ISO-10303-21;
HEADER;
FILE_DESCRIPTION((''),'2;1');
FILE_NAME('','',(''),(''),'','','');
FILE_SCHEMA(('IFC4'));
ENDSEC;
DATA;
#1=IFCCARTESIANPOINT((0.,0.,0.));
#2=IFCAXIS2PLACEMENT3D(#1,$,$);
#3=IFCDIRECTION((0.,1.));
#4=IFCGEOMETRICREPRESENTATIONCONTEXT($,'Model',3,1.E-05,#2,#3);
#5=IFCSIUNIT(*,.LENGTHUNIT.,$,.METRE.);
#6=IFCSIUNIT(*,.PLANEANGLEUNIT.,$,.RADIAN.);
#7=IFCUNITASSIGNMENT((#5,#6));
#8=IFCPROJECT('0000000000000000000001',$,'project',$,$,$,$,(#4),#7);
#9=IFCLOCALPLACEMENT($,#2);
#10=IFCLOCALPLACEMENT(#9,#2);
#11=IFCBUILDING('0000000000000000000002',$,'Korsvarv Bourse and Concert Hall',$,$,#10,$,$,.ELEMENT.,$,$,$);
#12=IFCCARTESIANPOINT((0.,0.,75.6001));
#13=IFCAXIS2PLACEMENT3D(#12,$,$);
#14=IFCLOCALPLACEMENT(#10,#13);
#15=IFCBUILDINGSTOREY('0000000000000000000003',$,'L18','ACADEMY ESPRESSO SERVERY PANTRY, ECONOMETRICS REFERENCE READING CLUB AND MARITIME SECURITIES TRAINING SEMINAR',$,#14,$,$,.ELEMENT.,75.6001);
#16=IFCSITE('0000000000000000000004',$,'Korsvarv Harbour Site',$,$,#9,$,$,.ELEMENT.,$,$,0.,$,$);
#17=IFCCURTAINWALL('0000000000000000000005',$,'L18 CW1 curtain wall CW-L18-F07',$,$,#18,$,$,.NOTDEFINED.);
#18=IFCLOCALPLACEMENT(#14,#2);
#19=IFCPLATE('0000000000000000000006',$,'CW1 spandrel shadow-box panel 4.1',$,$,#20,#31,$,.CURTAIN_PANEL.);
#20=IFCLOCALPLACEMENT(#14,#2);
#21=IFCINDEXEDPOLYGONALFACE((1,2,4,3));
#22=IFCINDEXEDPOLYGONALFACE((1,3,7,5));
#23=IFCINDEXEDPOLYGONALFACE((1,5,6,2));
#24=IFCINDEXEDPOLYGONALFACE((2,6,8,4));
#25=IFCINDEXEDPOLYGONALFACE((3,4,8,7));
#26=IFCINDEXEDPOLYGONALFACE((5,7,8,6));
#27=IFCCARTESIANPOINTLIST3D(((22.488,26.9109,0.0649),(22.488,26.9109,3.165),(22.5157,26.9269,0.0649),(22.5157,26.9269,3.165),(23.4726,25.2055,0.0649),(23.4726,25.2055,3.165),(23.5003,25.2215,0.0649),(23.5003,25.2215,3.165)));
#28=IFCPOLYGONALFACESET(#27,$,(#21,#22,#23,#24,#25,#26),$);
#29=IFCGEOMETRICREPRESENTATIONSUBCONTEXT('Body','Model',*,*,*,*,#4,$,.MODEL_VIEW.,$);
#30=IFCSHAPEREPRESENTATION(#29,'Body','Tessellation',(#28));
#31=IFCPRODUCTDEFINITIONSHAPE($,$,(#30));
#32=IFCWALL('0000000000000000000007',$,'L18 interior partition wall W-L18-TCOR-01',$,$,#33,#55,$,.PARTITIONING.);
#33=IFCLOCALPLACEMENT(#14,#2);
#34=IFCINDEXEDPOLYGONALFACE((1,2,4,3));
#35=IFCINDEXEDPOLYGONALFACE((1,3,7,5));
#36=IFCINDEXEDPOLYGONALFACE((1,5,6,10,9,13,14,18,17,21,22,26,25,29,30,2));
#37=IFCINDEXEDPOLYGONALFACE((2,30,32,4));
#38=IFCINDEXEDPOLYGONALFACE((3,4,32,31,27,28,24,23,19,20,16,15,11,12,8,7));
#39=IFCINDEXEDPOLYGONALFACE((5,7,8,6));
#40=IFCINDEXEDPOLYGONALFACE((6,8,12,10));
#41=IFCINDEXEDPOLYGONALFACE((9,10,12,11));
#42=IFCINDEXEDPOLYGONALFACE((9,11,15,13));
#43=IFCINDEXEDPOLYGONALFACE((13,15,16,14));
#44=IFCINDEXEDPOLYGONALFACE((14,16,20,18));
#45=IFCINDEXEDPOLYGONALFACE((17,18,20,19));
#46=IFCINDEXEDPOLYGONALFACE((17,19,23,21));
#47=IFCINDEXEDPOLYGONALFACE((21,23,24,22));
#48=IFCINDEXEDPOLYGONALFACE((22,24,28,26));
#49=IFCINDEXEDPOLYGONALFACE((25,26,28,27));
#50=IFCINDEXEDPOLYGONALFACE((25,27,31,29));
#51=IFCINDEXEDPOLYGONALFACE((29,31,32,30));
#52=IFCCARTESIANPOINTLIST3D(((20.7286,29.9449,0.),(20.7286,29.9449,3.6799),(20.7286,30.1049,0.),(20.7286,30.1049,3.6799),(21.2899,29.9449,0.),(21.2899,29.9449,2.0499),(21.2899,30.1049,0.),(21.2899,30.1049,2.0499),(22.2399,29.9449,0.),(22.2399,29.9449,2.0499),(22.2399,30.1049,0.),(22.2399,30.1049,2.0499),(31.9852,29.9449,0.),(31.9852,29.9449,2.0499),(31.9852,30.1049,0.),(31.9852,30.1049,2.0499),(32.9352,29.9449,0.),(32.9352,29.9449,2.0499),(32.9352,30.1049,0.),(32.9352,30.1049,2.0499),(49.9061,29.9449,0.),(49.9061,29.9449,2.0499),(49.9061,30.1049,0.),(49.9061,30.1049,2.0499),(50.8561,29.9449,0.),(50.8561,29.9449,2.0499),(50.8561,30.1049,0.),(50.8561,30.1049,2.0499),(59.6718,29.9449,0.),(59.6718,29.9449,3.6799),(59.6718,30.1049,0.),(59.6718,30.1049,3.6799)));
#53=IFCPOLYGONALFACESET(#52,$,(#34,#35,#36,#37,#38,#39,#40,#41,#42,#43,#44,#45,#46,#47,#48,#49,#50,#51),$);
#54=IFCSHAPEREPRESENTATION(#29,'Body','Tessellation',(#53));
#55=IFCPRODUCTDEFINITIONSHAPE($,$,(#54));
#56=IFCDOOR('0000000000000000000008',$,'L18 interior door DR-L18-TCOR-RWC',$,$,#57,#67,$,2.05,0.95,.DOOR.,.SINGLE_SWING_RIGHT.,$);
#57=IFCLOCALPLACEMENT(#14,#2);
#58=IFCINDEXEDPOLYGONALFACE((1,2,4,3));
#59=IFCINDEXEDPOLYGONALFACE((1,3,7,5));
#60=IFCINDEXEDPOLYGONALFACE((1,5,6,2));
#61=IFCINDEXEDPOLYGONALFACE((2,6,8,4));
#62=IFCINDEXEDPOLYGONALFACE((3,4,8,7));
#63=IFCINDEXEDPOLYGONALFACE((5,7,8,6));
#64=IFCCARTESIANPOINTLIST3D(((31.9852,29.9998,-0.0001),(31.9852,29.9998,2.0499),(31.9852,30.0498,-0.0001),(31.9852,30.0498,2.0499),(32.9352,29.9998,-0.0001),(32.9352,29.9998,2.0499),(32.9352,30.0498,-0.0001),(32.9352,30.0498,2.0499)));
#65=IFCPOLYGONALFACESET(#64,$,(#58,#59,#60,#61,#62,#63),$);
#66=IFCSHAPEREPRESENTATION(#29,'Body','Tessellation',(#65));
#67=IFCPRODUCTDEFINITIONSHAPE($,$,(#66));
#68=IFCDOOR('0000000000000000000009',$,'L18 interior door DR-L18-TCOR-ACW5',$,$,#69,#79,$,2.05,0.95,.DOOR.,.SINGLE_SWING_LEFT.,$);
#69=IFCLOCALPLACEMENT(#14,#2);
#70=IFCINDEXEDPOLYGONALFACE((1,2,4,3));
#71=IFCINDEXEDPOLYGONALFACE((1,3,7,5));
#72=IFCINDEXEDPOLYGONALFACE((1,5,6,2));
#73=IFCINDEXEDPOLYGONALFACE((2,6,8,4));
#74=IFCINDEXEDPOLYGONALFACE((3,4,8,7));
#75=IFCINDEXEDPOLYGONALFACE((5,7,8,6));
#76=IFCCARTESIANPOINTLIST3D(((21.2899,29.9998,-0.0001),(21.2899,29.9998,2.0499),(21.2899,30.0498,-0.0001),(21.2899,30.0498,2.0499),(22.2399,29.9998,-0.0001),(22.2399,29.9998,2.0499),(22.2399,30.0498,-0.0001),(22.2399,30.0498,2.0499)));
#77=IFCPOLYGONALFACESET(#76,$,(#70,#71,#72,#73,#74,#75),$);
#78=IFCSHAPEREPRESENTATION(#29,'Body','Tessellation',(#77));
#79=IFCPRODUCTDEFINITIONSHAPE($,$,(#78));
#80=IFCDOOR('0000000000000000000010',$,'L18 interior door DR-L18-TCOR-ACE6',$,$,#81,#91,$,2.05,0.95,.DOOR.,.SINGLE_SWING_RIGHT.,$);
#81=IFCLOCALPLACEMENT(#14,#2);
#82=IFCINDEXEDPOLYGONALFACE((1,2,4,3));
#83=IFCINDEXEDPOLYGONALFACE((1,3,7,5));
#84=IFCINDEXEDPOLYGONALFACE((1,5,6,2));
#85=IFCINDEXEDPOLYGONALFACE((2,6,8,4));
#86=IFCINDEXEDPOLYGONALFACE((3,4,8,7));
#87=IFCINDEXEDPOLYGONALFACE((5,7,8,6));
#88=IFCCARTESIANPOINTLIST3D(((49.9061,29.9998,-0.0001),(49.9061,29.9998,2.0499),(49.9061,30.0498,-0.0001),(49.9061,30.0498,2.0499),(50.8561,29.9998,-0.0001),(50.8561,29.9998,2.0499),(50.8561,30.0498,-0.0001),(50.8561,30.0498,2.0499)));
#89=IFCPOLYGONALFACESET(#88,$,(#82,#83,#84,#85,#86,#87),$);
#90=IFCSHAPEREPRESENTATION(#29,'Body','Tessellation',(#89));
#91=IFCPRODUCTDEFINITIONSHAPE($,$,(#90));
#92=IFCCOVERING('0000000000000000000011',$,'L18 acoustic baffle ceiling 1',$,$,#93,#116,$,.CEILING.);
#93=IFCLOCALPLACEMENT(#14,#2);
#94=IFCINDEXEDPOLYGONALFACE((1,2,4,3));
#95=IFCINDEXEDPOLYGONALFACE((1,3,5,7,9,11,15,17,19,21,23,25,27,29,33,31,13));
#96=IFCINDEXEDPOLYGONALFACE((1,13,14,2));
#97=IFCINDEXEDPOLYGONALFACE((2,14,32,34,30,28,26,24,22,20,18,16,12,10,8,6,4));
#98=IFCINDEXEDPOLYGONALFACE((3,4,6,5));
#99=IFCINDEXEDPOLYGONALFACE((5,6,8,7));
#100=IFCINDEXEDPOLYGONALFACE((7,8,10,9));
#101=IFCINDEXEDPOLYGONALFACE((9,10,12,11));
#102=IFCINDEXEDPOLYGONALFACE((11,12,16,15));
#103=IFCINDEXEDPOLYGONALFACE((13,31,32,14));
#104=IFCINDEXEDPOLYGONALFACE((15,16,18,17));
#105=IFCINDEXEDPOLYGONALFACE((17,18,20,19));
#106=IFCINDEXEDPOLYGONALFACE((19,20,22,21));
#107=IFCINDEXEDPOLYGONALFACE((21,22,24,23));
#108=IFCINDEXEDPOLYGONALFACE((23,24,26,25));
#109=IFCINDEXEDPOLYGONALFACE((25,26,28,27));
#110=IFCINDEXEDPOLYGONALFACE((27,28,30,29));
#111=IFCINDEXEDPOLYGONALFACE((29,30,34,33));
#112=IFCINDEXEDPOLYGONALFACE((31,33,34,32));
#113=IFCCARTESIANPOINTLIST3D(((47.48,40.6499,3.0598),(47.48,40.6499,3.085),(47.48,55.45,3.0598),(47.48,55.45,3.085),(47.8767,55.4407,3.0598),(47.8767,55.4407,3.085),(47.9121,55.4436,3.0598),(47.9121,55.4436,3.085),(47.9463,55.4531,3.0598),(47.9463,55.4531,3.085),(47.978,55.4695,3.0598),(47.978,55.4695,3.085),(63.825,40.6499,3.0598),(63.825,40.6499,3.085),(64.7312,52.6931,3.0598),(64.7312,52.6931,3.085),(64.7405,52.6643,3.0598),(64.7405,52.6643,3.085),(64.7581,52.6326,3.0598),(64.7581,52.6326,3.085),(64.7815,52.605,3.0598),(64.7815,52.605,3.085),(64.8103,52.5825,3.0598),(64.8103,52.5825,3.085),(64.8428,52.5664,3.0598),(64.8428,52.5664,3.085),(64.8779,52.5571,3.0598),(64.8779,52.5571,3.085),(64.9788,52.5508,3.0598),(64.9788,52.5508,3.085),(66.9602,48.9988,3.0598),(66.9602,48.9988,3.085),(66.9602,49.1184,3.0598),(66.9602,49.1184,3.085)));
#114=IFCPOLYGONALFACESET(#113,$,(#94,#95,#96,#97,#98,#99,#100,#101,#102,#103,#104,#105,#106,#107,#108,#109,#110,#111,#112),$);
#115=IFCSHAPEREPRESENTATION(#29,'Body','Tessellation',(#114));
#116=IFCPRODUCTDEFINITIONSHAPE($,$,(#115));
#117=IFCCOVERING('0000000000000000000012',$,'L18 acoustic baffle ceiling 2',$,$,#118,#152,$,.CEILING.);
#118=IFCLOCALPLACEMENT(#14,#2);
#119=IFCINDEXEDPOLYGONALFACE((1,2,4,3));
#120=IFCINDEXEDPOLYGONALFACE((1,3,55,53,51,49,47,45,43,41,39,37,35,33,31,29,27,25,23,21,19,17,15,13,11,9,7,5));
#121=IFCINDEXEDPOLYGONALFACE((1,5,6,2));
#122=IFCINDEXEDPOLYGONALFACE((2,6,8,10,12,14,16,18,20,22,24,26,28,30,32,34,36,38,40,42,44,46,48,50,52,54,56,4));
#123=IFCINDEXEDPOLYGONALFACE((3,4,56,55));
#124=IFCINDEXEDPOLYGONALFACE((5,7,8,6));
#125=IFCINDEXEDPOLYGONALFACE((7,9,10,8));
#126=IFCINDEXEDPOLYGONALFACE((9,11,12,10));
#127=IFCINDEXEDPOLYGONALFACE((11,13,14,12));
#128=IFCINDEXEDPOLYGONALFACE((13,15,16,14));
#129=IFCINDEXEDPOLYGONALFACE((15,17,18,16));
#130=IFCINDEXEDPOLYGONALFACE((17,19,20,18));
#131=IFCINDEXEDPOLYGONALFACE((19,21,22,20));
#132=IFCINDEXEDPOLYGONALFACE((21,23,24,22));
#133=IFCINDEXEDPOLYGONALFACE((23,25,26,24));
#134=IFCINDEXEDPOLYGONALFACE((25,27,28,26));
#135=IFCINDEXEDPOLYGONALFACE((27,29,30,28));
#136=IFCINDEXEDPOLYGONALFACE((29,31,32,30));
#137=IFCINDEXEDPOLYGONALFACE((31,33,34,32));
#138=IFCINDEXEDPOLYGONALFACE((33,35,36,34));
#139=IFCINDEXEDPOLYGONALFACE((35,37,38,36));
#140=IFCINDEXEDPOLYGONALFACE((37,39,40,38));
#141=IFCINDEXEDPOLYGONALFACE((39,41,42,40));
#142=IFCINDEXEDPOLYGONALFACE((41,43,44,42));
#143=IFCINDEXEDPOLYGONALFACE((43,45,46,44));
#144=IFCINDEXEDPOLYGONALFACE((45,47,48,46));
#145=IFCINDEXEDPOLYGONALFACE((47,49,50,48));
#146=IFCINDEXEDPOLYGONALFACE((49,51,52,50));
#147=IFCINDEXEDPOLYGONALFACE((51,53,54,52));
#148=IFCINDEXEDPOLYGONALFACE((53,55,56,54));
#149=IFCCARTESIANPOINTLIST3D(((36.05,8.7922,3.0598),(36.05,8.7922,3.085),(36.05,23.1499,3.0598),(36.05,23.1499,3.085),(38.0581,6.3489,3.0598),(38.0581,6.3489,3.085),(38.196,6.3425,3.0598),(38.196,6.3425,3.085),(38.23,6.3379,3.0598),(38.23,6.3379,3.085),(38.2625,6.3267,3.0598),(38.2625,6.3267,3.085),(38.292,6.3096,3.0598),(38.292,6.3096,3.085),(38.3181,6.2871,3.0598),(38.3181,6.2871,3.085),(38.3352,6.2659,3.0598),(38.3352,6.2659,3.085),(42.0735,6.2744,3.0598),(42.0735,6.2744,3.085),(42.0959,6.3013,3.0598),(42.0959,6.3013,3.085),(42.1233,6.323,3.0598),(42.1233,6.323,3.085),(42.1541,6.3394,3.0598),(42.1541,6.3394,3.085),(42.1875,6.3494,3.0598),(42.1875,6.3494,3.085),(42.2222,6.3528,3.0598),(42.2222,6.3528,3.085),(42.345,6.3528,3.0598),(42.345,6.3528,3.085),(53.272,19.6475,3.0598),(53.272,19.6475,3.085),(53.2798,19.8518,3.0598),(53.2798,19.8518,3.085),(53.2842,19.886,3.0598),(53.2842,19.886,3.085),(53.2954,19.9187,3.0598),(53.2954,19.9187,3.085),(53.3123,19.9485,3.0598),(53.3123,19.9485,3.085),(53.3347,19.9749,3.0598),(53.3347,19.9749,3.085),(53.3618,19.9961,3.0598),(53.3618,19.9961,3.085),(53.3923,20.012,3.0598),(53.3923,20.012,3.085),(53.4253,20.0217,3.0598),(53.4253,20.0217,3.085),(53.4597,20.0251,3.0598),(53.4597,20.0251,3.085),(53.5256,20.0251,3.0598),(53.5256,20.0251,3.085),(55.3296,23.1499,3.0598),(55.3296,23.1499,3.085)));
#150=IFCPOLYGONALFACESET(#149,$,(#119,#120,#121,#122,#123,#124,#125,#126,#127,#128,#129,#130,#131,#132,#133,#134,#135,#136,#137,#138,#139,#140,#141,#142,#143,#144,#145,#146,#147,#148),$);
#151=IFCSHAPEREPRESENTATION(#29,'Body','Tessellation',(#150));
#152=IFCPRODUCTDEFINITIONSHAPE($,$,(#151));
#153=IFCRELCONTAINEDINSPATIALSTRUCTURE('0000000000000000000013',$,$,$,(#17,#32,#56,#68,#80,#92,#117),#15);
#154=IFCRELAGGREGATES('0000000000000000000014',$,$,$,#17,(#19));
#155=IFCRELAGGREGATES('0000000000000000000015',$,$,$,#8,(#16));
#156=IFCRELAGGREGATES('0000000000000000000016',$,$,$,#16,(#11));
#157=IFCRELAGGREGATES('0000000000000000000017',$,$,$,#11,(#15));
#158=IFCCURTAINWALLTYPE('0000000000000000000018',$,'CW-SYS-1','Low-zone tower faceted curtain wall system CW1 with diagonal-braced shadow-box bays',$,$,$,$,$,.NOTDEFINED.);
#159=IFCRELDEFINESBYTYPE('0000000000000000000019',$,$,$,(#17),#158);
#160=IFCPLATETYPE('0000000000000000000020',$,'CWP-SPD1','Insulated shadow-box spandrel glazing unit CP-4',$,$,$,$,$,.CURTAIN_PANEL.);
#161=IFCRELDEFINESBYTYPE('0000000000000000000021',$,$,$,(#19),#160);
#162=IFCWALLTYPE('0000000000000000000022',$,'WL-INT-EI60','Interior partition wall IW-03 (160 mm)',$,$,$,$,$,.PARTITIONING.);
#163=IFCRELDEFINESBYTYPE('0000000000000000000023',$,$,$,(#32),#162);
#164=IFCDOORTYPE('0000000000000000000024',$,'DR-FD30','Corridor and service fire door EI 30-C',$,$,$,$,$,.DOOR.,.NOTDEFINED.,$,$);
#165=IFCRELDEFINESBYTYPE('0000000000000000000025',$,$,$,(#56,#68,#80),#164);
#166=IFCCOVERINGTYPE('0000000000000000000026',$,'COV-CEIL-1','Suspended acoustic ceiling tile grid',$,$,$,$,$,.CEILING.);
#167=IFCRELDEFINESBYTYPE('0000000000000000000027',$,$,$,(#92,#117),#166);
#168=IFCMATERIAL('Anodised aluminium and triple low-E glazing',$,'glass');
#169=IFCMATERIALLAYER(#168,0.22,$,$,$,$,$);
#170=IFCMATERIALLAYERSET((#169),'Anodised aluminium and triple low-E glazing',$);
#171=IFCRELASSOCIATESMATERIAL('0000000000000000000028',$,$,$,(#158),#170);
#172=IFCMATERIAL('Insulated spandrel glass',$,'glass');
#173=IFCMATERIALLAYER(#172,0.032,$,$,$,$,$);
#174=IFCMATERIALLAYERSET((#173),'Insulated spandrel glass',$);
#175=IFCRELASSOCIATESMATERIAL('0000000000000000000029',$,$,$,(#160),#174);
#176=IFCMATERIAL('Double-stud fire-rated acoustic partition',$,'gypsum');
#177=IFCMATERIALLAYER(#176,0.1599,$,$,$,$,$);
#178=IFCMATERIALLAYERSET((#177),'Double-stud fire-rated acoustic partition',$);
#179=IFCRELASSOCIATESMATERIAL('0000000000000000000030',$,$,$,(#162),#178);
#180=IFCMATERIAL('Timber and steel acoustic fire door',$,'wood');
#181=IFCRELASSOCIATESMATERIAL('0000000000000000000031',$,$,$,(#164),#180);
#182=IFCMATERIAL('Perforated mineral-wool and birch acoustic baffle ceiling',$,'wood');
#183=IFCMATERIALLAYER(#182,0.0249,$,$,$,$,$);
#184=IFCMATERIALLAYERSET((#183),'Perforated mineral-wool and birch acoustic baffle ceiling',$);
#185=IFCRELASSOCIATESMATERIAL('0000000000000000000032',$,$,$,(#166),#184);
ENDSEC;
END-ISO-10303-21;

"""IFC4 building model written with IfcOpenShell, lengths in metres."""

from ifc_helpers import new_model, si_unit, direction, frame, frame_2d, origin, origin_2d, place, context, subcontext, project, spatial, polyline, rectangle, outline, extrude, source, transform, mapped, material, layer, layer_set, type_object, element, fill, aggregate, save


model = new_model("IFC4")

# Units and contexts
model_context = context("Model", 3, precision=1e-05, world=origin(), true_north=direction((0.0, 1.0)))
body_context = subcontext(model_context, "Body", "Model", "MODEL_VIEW")
ifc_project = project(units=[si_unit("LENGTHUNIT", "METRE"), si_unit("PLANEANGLEUNIT", "RADIAN")], contexts=[model_context])

# Site, building, storey
site_placement = place(None, origin())
site = spatial("IfcSite", under=ifc_project, at=site_placement, Name="Korsvarv Harbour Site", CompositionType="ELEMENT", RefElevation=0.0)
building_placement = place(site_placement, origin())
building = spatial("IfcBuilding", under=site, at=building_placement, Name="Korsvarv Bourse and Concert Hall", CompositionType="ELEMENT")
storey_placement = place(building_placement, frame((0.0, 0.0, 75.6001)))
storey = spatial("IfcBuildingStorey", under=building, at=storey_placement, Name="L18", Description="ACADEMY ESPRESSO SERVERY PANTRY, ECONOMETRICS REFERENCE READING CLUB AND MARITIME SECURITIES TRAINING SEMINAR", CompositionType="ELEMENT", Elevation=75.6001)

# Curtain wall
ifc_material_1 = material(Name="Anodised aluminium and triple low-E glazing", Category="glass")
ifc_layer_1 = layer(ifc_material_1, 0.22)
ifc_layer_set_1 = layer_set([ifc_layer_1], Name="Anodised aluminium and triple low-E glazing")
curtain_wall_type = type_object("IfcCurtainWallType", Name="CW-SYS-1", Description="Low-zone tower faceted curtain wall system CW1 with diagonal-braced shadow-box bays", PredefinedType="NOTDEFINED", material=ifc_layer_set_1)
curtain_wall_placement = place(storey_placement, origin())
curtain_wall = element("IfcCurtainWall", 1, at=curtain_wall_placement, inside=storey, type_object=curtain_wall_type, Name="L18 CW1 curtain wall CW-L18-F07", PredefinedType="NOTDEFINED")

# Plate
ifc_material_2 = material(Name="Insulated spandrel glass", Category="glass")
ifc_layer_2 = layer(ifc_material_2, 0.032)
ifc_layer_set_2 = layer_set([ifc_layer_2], Name="Insulated spandrel glass")
plate_type_1 = type_object("IfcPlateType", Name="CWP-SPD1", Description="Insulated shadow-box spandrel glazing unit CP-4", PredefinedType="CURTAIN_PANEL", material=ifc_layer_set_2)
shared_shape_1 = source(origin(), body_context, "Body", "SweptSolid", [
    extrude(rectangle(XDim=1.9692, YDim=0.032, at=origin_2d()), origin(), (0.0, 0.0, 1.0), 3.1001),
])
plate_1_placement = place(storey_placement, frame((22.9941, 26.0662, 0.0649), z_axis=(0.0, 0.0, 1.0), x_axis=(0.500002, -0.866024, 0.0)))
plate_1 = element("IfcPlate", 2, at=plate_1_placement, type_object=plate_type_1, Name="CW1 spandrel shadow-box panel 4.1", PredefinedType="CURTAIN_PANEL", context=body_context, shape_type="MappedRepresentation", body=[
    mapped(shared_shape_1, transform((0.0, 0.0, 0.0), scale=1.0)),
])
aggregate(curtain_wall, [plate_1])

# Wall, openings, doors
ifc_material_3 = material(Name="Double-stud fire-rated acoustic partition", Category="gypsum")
ifc_layer_3 = layer(ifc_material_3, 0.1599)
ifc_layer_set_3 = layer_set([ifc_layer_3], Name="Double-stud fire-rated acoustic partition")
wall_type = type_object("IfcWallType", Name="WL-INT-EI60", Description="Interior partition wall IW-03 (160 mm)", PredefinedType="PARTITIONING", material=ifc_layer_set_3)
wall_1_placement = place(storey_placement, frame((20.7285, 30.0249, 0.0), z_axis=(0.0, 0.0, 1.0), x_axis=(1.0, 0.0, 0.0)))
wall_1 = element("IfcWall", 3, at=wall_1_placement, inside=storey, type_object=wall_type, Name="L18 interior partition wall W-L18-TCOR-01", PredefinedType="PARTITIONING", context=body_context, shape_type="SweptSolid", body=[
    extrude(rectangle(XDim=38.9431, YDim=0.1599, at=frame_2d((19.4717, 0.0))), origin(), (0.0, 0.0, 1.0), 3.6799),
])
opening_1_placement = place(wall_1_placement, frame((11.2566, 0.0, 0.0)))
opening_1 = element("IfcOpeningElement", 4, at=opening_1_placement, cuts=wall_1, PredefinedType="OPENING", context=body_context, shape_type="SweptSolid", body=[
    extrude(rectangle(XDim=0.95, YDim=2.05, at=frame_2d((0.4751, 1.0249))), frame((0.0, 0.0898, 0.0), z_axis=(0.0, -1.0, 0.0), x_axis=(1.0, 0.0, 0.0)), (0.0, 0.0, 1.0), 0.1799),
])
opening_2_placement = place(wall_1_placement, frame((0.5613, 0.0, 0.0)))
opening_2 = element("IfcOpeningElement", 5, at=opening_2_placement, cuts=wall_1, PredefinedType="OPENING", context=body_context, shape_type="SweptSolid", body=[
    extrude(rectangle(XDim=0.95, YDim=2.05, at=frame_2d((0.4751, 1.0249))), frame((0.0, 0.0898, 0.0), z_axis=(0.0, -1.0, 0.0), x_axis=(1.0, 0.0, 0.0)), (0.0, 0.0, 1.0), 0.1799),
])
opening_3_placement = place(wall_1_placement, frame((29.1775, 0.0, 0.0)))
opening_3 = element("IfcOpeningElement", 6, at=opening_3_placement, cuts=wall_1, PredefinedType="OPENING", context=body_context, shape_type="SweptSolid", body=[
    extrude(rectangle(XDim=0.95, YDim=2.05, at=frame_2d((0.4751, 1.0249))), frame((0.0, 0.0898, 0.0), z_axis=(0.0, -1.0, 0.0), x_axis=(1.0, 0.0, 0.0)), (0.0, 0.0, 1.0), 0.1799),
])
ifc_material_4 = material(Name="Timber and steel acoustic fire door", Category="wood")
door_type = type_object("IfcDoorType", Name="DR-FD30", Description="Corridor and service fire door EI 30-C", OperationType="NOTDEFINED", PredefinedType="DOOR", material=ifc_material_4)
door_1_placement = place(opening_1_placement, origin())
door_1 = element("IfcDoor", 7, at=door_1_placement, inside=storey, type_object=door_type, Name="L18 interior door DR-L18-TCOR-RWC", OperationType="SINGLE_SWING_RIGHT", OverallHeight=2.05, OverallWidth=0.95, PredefinedType="DOOR", context=body_context, shape_type="SweptSolid", body=[
    extrude(rectangle(XDim=0.95, YDim=2.05, at=frame_2d((0.4751, 1.0249))), frame((0.0, 0.0249, 0.0), z_axis=(0.0, -1.0, 0.0), x_axis=(1.0, 0.0, 0.0)), (0.0, 0.0, 1.0), 0.05),
])
fill(opening_1, door_1)
door_2_placement = place(opening_2_placement, origin())
door_2 = element("IfcDoor", 8, at=door_2_placement, inside=storey, type_object=door_type, Name="L18 interior door DR-L18-TCOR-ACW5", OperationType="SINGLE_SWING_LEFT", OverallHeight=2.05, OverallWidth=0.95, PredefinedType="DOOR", context=body_context, shape_type="SweptSolid", body=[
    extrude(rectangle(XDim=0.95, YDim=2.05, at=frame_2d((0.4751, 1.0249))), frame((0.0, 0.0249, 0.0), z_axis=(0.0, -1.0, 0.0), x_axis=(1.0, 0.0, 0.0)), (0.0, 0.0, 1.0), 0.05),
])
fill(opening_2, door_2)
door_3_placement = place(opening_3_placement, origin())
door_3 = element("IfcDoor", 9, at=door_3_placement, inside=storey, type_object=door_type, Name="L18 interior door DR-L18-TCOR-ACE6", OperationType="SINGLE_SWING_RIGHT", OverallHeight=2.05, OverallWidth=0.95, PredefinedType="DOOR", context=body_context, shape_type="SweptSolid", body=[
    extrude(rectangle(XDim=0.95, YDim=2.05, at=frame_2d((0.4751, 1.0249))), frame((0.0, 0.0249, 0.0), z_axis=(0.0, -1.0, 0.0), x_axis=(1.0, 0.0, 0.0)), (0.0, 0.0, 1.0), 0.05),
])
fill(opening_3, door_3)

# Coverings
ifc_material_5 = material(Name="Perforated mineral-wool and birch acoustic baffle ceiling", Category="wood")
ifc_layer_4 = layer(ifc_material_5, 0.0249)
ifc_layer_set_4 = layer_set([ifc_layer_4], Name="Perforated mineral-wool and birch acoustic baffle ceiling")
covering_type_1 = type_object("IfcCoveringType", Name="COV-CEIL-1", Description="Suspended acoustic ceiling tile grid", PredefinedType="CEILING", material=ifc_layer_set_4)
covering_1_placement = place(storey_placement, frame((0.0, 0.0, 3.0598)))
element("IfcCovering", 10, at=covering_1_placement, inside=storey, type_object=covering_type_1, Name="L18 acoustic baffle ceiling 1", PredefinedType="CEILING", context=body_context, shape_type="SweptSolid", body=[
    extrude(outline(polyline([(47.8767, 55.4407), (47.9121, 55.4436), (47.9463, 55.4531), (47.978, 55.4695), (64.7312, 52.6931), (64.7405, 52.6643), (64.7581, 52.6326), (64.7815, 52.605), (64.8103, 52.5825), (64.8428, 52.5664), (64.8779, 52.5571), (64.9788, 52.5508), (66.9602, 49.1184), (66.9602, 48.9988), (63.825, 40.6499), (47.48, 40.6499), (47.48, 55.45), (47.8767, 55.4407)])), origin(), (0.0, 0.0, 1.0), 0.0251),
])
covering_2_placement = place(storey_placement, frame((0.0, 0.0, 3.0598)))
element("IfcCovering", 11, at=covering_2_placement, inside=storey, type_object=covering_type_1, Name="L18 acoustic baffle ceiling 2", PredefinedType="CEILING", context=body_context, shape_type="SweptSolid", body=[
    extrude(outline(polyline([(55.3296, 23.1499), (53.5256, 20.0251), (53.4597, 20.0251), (53.4253, 20.0217), (53.3923, 20.012), (53.3618, 19.9961), (53.3347, 19.9749), (53.3123, 19.9485), (53.2954, 19.9187), (53.2842, 19.886), (53.2798, 19.8518), (53.272, 19.6475), (42.345, 6.3528), (42.2222, 6.3528), (42.1875, 6.3494), (42.1541, 6.3394), (42.1233, 6.323), (42.0959, 6.3013), (42.0735, 6.2744), (38.3352, 6.2659), (38.3181, 6.2871), (38.292, 6.3096), (38.2625, 6.3267), (38.23, 6.3379), (38.196, 6.3425), (38.0581, 6.3489), (36.05, 8.7922), (36.05, 23.1499), (55.3296, 23.1499)])), origin(), (0.0, 0.0, 1.0), 0.0251),
])

save(model, "model.ifc")
